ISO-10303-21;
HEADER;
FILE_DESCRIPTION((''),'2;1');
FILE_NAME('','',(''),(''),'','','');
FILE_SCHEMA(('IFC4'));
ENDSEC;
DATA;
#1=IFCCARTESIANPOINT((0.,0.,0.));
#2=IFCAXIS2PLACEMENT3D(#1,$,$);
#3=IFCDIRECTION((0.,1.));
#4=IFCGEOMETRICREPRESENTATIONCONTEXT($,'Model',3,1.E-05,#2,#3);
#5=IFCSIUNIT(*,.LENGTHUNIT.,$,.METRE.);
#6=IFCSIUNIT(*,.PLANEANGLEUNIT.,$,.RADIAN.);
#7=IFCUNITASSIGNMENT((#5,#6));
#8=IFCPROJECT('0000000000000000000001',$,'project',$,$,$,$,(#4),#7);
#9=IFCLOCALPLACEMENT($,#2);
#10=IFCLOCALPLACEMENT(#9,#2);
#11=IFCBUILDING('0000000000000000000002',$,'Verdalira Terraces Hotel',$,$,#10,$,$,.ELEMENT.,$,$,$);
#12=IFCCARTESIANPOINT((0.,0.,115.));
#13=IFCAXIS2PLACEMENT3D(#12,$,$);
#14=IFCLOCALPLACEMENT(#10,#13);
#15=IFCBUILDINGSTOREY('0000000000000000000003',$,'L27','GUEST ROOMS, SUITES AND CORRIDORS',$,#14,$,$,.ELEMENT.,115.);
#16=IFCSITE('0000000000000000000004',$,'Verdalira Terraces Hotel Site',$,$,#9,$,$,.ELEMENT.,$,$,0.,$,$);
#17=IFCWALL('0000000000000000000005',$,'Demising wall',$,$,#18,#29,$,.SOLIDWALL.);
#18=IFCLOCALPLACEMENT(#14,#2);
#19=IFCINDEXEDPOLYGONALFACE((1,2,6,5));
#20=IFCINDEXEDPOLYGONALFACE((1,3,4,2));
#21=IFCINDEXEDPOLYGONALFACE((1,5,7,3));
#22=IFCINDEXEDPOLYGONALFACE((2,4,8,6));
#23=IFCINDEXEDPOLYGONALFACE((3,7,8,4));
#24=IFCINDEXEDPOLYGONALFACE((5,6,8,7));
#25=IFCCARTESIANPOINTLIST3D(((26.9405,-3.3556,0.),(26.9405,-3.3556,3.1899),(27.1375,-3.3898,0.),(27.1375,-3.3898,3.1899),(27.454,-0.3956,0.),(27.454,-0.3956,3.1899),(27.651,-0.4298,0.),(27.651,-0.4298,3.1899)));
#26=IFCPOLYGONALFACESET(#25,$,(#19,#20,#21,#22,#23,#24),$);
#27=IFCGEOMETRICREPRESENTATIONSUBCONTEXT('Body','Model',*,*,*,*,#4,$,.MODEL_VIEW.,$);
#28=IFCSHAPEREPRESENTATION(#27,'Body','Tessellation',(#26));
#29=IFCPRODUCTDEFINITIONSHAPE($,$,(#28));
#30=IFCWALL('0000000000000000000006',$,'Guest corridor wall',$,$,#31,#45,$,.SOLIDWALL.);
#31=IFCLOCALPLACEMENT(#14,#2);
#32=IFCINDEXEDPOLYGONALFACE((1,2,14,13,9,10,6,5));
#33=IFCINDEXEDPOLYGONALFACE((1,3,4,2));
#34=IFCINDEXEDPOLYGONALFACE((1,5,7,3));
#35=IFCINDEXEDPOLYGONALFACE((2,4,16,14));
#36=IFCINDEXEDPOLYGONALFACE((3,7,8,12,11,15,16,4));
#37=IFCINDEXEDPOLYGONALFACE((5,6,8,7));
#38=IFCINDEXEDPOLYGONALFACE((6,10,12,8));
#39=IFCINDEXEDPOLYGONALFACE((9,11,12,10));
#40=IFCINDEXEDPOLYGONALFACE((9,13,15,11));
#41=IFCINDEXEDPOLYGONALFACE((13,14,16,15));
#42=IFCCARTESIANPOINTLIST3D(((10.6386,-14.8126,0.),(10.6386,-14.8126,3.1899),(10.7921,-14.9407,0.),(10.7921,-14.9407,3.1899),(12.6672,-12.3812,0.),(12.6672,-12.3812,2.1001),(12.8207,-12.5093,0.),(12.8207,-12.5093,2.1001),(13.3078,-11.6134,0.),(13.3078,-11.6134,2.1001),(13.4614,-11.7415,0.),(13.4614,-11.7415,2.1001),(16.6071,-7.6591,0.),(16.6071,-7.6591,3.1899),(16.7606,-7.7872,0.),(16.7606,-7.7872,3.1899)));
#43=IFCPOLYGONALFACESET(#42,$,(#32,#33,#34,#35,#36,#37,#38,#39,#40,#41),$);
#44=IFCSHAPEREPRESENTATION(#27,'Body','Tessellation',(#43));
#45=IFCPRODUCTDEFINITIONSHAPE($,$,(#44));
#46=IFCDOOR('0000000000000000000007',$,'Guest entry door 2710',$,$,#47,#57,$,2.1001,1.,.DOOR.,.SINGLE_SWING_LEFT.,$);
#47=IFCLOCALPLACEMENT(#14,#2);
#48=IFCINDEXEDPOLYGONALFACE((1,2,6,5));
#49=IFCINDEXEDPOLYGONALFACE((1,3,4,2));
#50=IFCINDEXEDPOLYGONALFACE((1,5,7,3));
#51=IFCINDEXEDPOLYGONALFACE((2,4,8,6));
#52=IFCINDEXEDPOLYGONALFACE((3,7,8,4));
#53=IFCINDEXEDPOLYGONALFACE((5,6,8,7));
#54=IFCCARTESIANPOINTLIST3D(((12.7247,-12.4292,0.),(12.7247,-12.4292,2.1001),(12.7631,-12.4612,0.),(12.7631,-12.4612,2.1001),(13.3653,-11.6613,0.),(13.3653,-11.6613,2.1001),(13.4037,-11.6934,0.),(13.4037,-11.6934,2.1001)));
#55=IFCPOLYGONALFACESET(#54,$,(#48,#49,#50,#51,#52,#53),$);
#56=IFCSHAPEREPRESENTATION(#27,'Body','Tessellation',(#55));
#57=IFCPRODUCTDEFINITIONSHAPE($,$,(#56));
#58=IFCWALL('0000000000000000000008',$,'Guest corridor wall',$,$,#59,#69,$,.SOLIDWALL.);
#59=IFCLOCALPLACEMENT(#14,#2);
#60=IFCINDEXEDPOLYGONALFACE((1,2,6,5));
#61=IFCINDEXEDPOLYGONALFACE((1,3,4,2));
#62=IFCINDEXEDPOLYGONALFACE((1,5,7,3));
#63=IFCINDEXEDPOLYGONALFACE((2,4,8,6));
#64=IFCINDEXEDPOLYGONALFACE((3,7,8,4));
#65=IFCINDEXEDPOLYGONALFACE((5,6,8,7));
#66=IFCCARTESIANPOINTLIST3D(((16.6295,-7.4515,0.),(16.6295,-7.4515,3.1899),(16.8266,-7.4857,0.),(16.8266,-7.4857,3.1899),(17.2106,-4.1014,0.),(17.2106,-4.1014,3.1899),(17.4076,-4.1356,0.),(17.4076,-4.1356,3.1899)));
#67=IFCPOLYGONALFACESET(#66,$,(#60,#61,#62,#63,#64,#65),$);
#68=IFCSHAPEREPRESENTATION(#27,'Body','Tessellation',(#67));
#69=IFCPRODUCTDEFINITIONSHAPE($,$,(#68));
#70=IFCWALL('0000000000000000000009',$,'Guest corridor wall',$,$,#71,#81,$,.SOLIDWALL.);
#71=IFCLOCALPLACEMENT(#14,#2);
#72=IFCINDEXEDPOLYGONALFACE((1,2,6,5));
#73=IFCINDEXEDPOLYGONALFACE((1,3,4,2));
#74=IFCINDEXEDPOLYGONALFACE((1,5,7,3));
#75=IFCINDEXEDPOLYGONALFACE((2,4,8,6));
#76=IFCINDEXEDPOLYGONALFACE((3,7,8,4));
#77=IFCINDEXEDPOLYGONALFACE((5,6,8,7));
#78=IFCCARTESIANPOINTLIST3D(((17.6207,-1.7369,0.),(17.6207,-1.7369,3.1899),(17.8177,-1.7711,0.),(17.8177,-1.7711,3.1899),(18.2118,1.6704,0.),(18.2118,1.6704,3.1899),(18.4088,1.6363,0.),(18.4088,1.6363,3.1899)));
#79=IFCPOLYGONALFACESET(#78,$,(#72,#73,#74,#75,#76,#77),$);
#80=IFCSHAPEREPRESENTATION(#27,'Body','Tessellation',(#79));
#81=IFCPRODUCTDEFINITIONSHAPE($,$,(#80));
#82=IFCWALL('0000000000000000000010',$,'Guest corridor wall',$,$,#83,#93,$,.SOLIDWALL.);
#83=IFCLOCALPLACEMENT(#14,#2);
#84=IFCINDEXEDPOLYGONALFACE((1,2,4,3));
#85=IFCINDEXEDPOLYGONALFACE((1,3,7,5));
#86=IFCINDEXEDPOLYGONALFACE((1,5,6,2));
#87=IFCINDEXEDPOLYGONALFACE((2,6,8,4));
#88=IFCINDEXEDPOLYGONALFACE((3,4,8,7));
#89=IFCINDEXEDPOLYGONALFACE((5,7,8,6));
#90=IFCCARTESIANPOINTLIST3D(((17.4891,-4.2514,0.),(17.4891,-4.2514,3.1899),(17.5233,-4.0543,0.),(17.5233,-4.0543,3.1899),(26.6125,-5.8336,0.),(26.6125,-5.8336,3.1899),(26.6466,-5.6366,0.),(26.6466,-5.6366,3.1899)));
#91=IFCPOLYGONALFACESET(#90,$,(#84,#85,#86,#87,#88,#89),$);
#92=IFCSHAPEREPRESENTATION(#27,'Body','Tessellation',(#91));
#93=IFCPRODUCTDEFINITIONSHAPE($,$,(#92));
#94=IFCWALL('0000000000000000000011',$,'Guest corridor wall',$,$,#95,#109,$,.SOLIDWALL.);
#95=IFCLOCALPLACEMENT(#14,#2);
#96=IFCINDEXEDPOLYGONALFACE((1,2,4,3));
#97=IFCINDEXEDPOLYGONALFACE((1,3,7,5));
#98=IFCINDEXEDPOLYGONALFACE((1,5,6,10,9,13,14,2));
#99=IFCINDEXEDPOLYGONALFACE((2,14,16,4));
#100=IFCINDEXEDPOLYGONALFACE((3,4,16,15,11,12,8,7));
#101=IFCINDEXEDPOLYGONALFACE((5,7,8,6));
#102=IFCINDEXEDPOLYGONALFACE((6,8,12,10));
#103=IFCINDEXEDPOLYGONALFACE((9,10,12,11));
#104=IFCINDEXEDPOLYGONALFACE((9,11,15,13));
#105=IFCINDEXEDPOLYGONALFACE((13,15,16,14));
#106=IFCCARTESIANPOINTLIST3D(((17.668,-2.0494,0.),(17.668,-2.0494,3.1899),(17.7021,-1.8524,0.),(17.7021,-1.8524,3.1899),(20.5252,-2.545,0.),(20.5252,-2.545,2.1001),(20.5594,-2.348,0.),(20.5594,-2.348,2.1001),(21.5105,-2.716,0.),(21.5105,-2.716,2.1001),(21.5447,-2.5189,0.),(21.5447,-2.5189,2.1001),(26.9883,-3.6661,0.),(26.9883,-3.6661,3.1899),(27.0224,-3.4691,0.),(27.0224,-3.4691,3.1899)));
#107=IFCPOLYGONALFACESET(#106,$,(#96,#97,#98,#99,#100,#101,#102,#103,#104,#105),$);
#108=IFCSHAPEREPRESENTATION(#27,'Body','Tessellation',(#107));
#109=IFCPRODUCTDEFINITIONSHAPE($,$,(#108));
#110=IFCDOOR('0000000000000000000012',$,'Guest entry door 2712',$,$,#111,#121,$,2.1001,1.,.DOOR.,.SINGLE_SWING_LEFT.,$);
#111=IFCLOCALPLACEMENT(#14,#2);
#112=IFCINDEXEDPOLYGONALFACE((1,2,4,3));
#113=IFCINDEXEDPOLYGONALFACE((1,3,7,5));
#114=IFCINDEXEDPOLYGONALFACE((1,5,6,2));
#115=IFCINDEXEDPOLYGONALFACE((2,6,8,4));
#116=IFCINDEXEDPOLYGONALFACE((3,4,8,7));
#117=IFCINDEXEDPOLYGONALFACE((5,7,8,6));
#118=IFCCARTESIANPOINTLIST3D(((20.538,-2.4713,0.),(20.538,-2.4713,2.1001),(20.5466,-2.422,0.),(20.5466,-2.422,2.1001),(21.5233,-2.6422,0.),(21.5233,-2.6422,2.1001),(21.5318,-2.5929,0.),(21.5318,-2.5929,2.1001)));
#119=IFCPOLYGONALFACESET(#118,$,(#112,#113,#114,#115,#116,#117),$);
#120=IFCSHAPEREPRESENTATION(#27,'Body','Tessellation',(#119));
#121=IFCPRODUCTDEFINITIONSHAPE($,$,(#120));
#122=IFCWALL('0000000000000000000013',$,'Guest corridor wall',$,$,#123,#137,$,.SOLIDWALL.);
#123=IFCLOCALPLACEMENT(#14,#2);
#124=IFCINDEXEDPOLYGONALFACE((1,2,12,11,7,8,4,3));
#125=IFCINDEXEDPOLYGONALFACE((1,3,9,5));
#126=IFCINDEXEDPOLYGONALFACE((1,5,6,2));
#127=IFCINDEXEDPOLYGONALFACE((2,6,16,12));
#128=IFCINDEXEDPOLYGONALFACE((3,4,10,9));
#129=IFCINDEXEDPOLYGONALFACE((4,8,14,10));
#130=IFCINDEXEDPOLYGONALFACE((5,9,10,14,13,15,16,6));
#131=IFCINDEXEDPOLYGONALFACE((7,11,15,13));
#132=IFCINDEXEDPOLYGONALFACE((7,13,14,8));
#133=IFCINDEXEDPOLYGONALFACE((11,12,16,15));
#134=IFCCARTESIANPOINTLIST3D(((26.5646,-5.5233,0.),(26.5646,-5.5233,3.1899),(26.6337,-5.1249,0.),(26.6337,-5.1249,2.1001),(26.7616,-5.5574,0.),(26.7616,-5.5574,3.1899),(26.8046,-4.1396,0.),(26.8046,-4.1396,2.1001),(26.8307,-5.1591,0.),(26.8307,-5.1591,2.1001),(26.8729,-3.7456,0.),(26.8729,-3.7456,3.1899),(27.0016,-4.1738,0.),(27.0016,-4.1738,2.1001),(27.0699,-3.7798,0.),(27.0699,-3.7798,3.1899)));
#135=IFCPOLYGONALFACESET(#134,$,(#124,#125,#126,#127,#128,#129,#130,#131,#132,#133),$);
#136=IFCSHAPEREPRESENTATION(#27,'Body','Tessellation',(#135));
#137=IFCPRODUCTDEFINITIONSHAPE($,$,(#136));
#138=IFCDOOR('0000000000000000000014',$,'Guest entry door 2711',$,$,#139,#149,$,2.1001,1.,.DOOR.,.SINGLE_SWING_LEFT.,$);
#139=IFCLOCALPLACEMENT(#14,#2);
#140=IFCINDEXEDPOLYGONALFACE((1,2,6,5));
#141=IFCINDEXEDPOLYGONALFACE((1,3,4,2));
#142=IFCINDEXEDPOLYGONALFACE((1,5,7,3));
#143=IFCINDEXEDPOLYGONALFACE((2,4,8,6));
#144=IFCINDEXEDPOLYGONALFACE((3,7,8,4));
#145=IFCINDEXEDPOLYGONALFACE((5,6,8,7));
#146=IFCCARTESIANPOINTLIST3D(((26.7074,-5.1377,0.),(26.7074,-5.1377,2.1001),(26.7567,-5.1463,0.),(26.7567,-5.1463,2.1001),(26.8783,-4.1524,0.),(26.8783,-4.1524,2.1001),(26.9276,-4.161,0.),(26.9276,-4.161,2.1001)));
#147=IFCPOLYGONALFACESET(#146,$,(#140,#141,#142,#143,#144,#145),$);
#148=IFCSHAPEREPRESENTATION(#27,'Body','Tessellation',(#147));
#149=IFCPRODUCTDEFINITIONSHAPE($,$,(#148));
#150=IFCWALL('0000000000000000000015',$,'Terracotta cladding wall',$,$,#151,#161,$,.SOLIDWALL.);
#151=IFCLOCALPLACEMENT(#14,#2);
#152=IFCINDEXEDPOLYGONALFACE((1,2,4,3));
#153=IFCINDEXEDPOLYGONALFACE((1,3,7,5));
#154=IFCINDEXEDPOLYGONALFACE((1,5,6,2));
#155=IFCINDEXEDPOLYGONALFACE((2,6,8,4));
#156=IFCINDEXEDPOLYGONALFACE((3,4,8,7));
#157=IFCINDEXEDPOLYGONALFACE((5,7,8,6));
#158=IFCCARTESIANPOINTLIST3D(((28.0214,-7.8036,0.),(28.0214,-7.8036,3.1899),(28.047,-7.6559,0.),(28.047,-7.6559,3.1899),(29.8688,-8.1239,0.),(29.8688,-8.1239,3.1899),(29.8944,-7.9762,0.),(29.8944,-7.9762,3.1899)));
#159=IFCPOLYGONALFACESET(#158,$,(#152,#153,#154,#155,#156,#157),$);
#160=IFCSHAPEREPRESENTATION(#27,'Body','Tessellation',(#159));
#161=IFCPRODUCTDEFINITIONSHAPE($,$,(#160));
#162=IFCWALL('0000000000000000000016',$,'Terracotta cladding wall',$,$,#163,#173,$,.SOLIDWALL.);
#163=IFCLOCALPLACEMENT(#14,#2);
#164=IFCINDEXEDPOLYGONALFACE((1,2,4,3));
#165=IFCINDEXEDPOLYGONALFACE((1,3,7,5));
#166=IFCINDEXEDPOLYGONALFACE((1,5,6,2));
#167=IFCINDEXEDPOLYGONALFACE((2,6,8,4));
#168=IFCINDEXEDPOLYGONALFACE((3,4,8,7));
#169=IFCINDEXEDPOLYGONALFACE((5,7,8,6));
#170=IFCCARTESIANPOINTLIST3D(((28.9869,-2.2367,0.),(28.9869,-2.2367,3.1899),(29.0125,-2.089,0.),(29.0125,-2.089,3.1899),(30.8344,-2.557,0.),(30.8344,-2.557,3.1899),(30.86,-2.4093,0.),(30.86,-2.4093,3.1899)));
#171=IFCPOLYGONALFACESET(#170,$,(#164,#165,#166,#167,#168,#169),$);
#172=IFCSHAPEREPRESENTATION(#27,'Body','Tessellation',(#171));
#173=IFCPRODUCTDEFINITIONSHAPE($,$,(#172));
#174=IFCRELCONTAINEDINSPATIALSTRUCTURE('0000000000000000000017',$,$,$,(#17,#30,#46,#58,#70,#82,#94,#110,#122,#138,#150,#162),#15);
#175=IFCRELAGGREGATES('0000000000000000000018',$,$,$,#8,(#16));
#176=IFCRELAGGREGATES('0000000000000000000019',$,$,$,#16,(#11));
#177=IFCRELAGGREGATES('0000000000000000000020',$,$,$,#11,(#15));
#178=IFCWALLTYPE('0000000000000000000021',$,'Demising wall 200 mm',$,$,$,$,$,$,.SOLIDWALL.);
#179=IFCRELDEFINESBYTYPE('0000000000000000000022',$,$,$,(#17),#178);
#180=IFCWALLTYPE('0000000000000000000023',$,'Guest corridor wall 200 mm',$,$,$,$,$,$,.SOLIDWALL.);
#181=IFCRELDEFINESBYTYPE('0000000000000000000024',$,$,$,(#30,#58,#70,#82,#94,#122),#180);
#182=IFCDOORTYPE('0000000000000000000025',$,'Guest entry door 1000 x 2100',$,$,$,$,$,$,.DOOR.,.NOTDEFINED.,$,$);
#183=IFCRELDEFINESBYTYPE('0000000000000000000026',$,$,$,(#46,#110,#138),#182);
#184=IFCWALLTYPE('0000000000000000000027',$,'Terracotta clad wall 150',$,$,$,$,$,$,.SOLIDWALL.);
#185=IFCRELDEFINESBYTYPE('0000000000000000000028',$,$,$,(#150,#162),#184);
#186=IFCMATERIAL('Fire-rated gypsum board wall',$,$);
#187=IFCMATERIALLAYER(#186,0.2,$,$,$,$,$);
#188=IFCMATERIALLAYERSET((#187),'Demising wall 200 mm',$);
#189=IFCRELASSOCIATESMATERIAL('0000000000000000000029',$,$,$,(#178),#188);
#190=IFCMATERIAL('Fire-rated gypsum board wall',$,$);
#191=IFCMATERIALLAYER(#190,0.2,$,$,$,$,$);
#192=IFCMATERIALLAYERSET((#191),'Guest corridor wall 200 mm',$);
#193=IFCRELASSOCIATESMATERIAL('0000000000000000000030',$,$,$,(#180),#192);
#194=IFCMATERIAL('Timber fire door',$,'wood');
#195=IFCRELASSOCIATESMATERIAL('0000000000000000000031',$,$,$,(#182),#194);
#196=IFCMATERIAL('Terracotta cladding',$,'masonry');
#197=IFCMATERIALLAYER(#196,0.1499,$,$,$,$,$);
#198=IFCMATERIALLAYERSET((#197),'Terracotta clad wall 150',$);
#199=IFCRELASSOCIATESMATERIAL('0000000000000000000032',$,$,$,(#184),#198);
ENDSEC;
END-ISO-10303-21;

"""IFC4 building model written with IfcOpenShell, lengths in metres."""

from ifc_helpers import new_model, si_unit, direction, frame, frame_2d, origin, place, context, subcontext, project, spatial, rectangle, extrude, material, layer, layer_set, type_object, element, fill, save


model = new_model("IFC4")

# Units and contexts
model_context = context("Model", 3, precision=1e-05, world=origin(), true_north=direction((0.0, 1.0)))
body_context = subcontext(model_context, "Body", "Model", "MODEL_VIEW")
ifc_project = project(units=[si_unit("LENGTHUNIT", "METRE"), si_unit("PLANEANGLEUNIT", "RADIAN")], contexts=[model_context])

# Site, building, storey
site_placement = place(None, origin())
site = spatial("IfcSite", under=ifc_project, at=site_placement, Name="Verdalira Terraces Hotel Site", CompositionType="ELEMENT", RefElevation=0.0)
building_placement = place(site_placement, origin())
building = spatial("IfcBuilding", under=site, at=building_placement, Name="Verdalira Terraces Hotel", CompositionType="ELEMENT")
storey_placement = place(building_placement, frame((0.0, 0.0, 115.0)))
storey = spatial("IfcBuildingStorey", under=building, at=storey_placement, Name="L27", Description="GUEST ROOMS, SUITES AND CORRIDORS", CompositionType="ELEMENT", Elevation=115.0)

# Wall
ifc_material_1 = material(Name="Fire-rated gypsum board wall")
ifc_layer_1 = layer(ifc_material_1, 0.2)
ifc_layer_set_1 = layer_set([ifc_layer_1], Name="Demising wall 200 mm")
wall_type_1 = type_object("IfcWallType", Name="Demising wall 200 mm", PredefinedType="SOLIDWALL", material=ifc_layer_set_1)
wall_1_placement = place(storey_placement, frame((27.0391, -3.3726, 0.0), z_axis=(0.0, 0.0, 1.0), x_axis=(0.170906, 0.985287, 0.0)))
element("IfcWall", 1, at=wall_1_placement, inside=storey, type_object=wall_type_1, Name="Demising wall", PredefinedType="SOLIDWALL", context=body_context, shape_type="SweptSolid", body=[
    extrude(rectangle(XDim=3.0042, YDim=0.2, at=frame_2d((1.502, 0.0))), origin(), (0.0, 0.0, 1.0), 3.1899),
])

# Wall, opening, door
ifc_material_2 = material(Name="Fire-rated gypsum board wall")
ifc_layer_2 = layer(ifc_material_2, 0.2)
ifc_layer_set_2 = layer_set([ifc_layer_2], Name="Guest corridor wall 200 mm")
wall_type_2 = type_object("IfcWallType", Name="Guest corridor wall 200 mm", PredefinedType="SOLIDWALL", material=ifc_layer_set_2)
wall_2_placement = place(storey_placement, frame((16.6838, -7.7231, 0.0), z_axis=(0.0, 0.0, 1.0), x_axis=(-0.640641, -0.767841, 0.0)))
wall_2 = element("IfcWall", 2, at=wall_2_placement, inside=storey, type_object=wall_type_2, Name="Guest corridor wall", PredefinedType="SOLIDWALL", context=body_context, shape_type="SweptSolid", body=[
    extrude(rectangle(XDim=9.3164, YDim=0.2, at=frame_2d((4.6582, 0.0))), origin(), (0.0, 0.0, 1.0), 3.1899),
])
opening_1_placement = place(wall_2_placement, frame((5.1499, 0.0, 0.0)))
opening_1 = element("IfcOpeningElement", 3, at=opening_1_placement, cuts=wall_2, PredefinedType="OPENING", context=body_context, shape_type="SweptSolid", body=[
    extrude(rectangle(XDim=1.0, YDim=2.1001, at=frame_2d((0.5, 1.05))), frame((0.0, 0.1099, 0.0), z_axis=(0.0, -1.0, 0.0), x_axis=(1.0, 0.0, 0.0)), (0.0, 0.0, 1.0), 0.22),
])
ifc_material_3 = material(Name="Timber fire door", Category="wood")
door_type_1 = type_object("IfcDoorType", Name="Guest entry door 1000 x 2100", OperationType="NOTDEFINED", PredefinedType="DOOR", material=ifc_material_3)
door_1_placement = place(opening_1_placement, origin())
door_1 = element("IfcDoor", 4, at=door_1_placement, inside=storey, type_object=door_type_1, Name="Guest entry door 2710", OperationType="SINGLE_SWING_LEFT", OverallHeight=2.1001, OverallWidth=1.0, PredefinedType="DOOR", context=body_context, shape_type="SweptSolid", body=[
    extrude(rectangle(XDim=1.0, YDim=2.1001, at=frame_2d((0.5, 1.05))), frame((0.0, 0.0249, 0.0), z_axis=(0.0, -1.0, 0.0), x_axis=(1.0, 0.0, 0.0)), (0.0, 0.0, 1.0), 0.05),
])
fill(opening_1, door_1)

# Walls
wall_3_placement = place(storey_placement, frame((16.728, -7.4688, 0.0), z_axis=(0.0, 0.0, 1.0), x_axis=(0.170893, 0.98529, 0.0)))
element("IfcWall", 5, at=wall_3_placement, inside=storey, type_object=wall_type_2, Name="Guest corridor wall", PredefinedType="SOLIDWALL", context=body_context, shape_type="SweptSolid", body=[
    extrude(rectangle(XDim=3.4001, YDim=0.2, at=frame_2d((1.7002, 0.0))), origin(), (0.0, 0.0, 1.0), 3.1899),
])
wall_4_placement = place(storey_placement, frame((17.7192, -1.7539, 0.0), z_axis=(0.0, 0.0, 1.0), x_axis=(0.170909, 0.985287, 0.0)))
element("IfcWall", 6, at=wall_4_placement, inside=storey, type_object=wall_type_2, Name="Guest corridor wall", PredefinedType="SOLIDWALL", context=body_context, shape_type="SweptSolid", body=[
    extrude(rectangle(XDim=3.4583, YDim=0.2, at=frame_2d((1.729, 0.0))), origin(), (0.0, 0.0, 1.0), 3.1899),
])
wall_5_placement = place(storey_placement, frame((17.5061, -4.1528, 0.0), z_axis=(0.0, 0.0, 1.0), x_axis=(0.985292, -0.170882, 0.0)))
element("IfcWall", 7, at=wall_5_placement, inside=storey, type_object=wall_type_2, Name="Guest corridor wall", PredefinedType="SOLIDWALL", context=body_context, shape_type="SweptSolid", body=[
    extrude(rectangle(XDim=9.2595, YDim=0.2, at=frame_2d((4.6299, 0.0))), origin(), (0.0, 0.0, 1.0), 3.1899),
])

# Walls, openings, doors
wall_6_placement = place(storey_placement, frame((17.6851, -1.9509, 0.0), z_axis=(0.0, 0.0, 1.0), x_axis=(0.985287, -0.170908, 0.0)))
wall_6 = element("IfcWall", 8, at=wall_6_placement, inside=storey, type_object=wall_type_2, Name="Guest corridor wall", PredefinedType="SOLIDWALL", context=body_context, shape_type="SweptSolid", body=[
    extrude(rectangle(XDim=9.4595, YDim=0.2, at=frame_2d((4.7297, 0.0))), origin(), (0.0, 0.0, 1.0), 3.1899),
])
opening_2_placement = place(wall_6_placement, frame((2.8999, 0.0, 0.0)))
opening_2 = element("IfcOpeningElement", 9, at=opening_2_placement, cuts=wall_6, PredefinedType="OPENING", context=body_context, shape_type="SweptSolid", body=[
    extrude(rectangle(XDim=1.0, YDim=2.1001, at=frame_2d((0.5, 1.05))), frame((0.0, 0.1099, 0.0), z_axis=(0.0, -1.0, 0.0), x_axis=(1.0, 0.0, 0.0)), (0.0, 0.0, 1.0), 0.22),
])
door_2_placement = place(opening_2_placement, origin())
door_2 = element("IfcDoor", 10, at=door_2_placement, inside=storey, type_object=door_type_1, Name="Guest entry door 2712", OperationType="SINGLE_SWING_LEFT", OverallHeight=2.1001, OverallWidth=1.0, PredefinedType="DOOR", context=body_context, shape_type="SweptSolid", body=[
    extrude(rectangle(XDim=1.0, YDim=2.1001, at=frame_2d((0.5, 1.05))), frame((0.0, 0.0249, 0.0), z_axis=(0.0, -1.0, 0.0), x_axis=(1.0, 0.0, 0.0)), (0.0, 0.0, 1.0), 0.05),
])
fill(opening_2, door_2)
wall_7_placement = place(storey_placement, frame((26.9714, -3.7627, 0.0), z_axis=(0.0, 0.0, 1.0), x_axis=(-0.170913, -0.985286, 0.0)))
wall_7 = element("IfcWall", 11, at=wall_7_placement, inside=storey, type_object=wall_type_2, Name="Guest corridor wall", PredefinedType="SOLIDWALL", context=body_context, shape_type="SweptSolid", body=[
    extrude(rectangle(XDim=1.8042, YDim=0.2, at=frame_2d((0.9021, 0.0))), origin(), (0.0, 0.0, 1.0), 3.1899),
])
opening_3_placement = place(wall_7_placement, frame((0.3999, 0.0, 0.0)))
opening_3 = element("IfcOpeningElement", 12, at=opening_3_placement, cuts=wall_7, PredefinedType="OPENING", context=body_context, shape_type="SweptSolid", body=[
    extrude(rectangle(XDim=1.0, YDim=2.1001, at=frame_2d((0.5, 1.05))), frame((0.0, 0.1099, 0.0), z_axis=(0.0, -1.0, 0.0), x_axis=(1.0, 0.0, 0.0)), (0.0, 0.0, 1.0), 0.22),
])
door_3_placement = place(opening_3_placement, origin())
door_3 = element("IfcDoor", 13, at=door_3_placement, inside=storey, type_object=door_type_1, Name="Guest entry door 2711", OperationType="SINGLE_SWING_LEFT", OverallHeight=2.1001, OverallWidth=1.0, PredefinedType="DOOR", context=body_context, shape_type="SweptSolid", body=[
    extrude(rectangle(XDim=1.0, YDim=2.1001, at=frame_2d((0.5, 1.05))), frame((0.0, 0.0249, 0.0), z_axis=(0.0, -1.0, 0.0), x_axis=(1.0, 0.0, 0.0)), (0.0, 0.0, 1.0), 0.05),
])
fill(opening_3, door_3)

# Walls
ifc_material_4 = material(Name="Terracotta cladding", Category="masonry")
ifc_layer_3 = layer(ifc_material_4, 0.1499)
ifc_layer_set_3 = layer_set([ifc_layer_3], Name="Terracotta clad wall 150")
wall_type_3 = type_object("IfcWallType", Name="Terracotta clad wall 150", PredefinedType="SOLIDWALL", material=ifc_layer_set_3)
for number, where, z_axis, x_axis, name in (
    (14, (28.0342, -7.7297, 0.0), (0.0, 0.0, 1.0), (0.9853, -0.170836, 0.0), "Terracotta cladding wall"),
    (15, (30.8472, -2.4832, 0.0), (0.0, 0.0, 1.0), (-0.9853, 0.170836, 0.0), "Terracotta cladding wall"),
):
    element("IfcWall", number, at=place(storey_placement, frame(where, z_axis=z_axis, x_axis=x_axis)), inside=storey, type_object=wall_type_3, Name=name, PredefinedType="SOLIDWALL", context=body_context, shape_type="SweptSolid", body=[
        extrude(rectangle(XDim=1.875, YDim=0.1499, at=frame_2d((0.9375, 0.0))), origin(), (0.0, 0.0, 1.0), 3.1899),
    ])

save(model, "model.ifc")
